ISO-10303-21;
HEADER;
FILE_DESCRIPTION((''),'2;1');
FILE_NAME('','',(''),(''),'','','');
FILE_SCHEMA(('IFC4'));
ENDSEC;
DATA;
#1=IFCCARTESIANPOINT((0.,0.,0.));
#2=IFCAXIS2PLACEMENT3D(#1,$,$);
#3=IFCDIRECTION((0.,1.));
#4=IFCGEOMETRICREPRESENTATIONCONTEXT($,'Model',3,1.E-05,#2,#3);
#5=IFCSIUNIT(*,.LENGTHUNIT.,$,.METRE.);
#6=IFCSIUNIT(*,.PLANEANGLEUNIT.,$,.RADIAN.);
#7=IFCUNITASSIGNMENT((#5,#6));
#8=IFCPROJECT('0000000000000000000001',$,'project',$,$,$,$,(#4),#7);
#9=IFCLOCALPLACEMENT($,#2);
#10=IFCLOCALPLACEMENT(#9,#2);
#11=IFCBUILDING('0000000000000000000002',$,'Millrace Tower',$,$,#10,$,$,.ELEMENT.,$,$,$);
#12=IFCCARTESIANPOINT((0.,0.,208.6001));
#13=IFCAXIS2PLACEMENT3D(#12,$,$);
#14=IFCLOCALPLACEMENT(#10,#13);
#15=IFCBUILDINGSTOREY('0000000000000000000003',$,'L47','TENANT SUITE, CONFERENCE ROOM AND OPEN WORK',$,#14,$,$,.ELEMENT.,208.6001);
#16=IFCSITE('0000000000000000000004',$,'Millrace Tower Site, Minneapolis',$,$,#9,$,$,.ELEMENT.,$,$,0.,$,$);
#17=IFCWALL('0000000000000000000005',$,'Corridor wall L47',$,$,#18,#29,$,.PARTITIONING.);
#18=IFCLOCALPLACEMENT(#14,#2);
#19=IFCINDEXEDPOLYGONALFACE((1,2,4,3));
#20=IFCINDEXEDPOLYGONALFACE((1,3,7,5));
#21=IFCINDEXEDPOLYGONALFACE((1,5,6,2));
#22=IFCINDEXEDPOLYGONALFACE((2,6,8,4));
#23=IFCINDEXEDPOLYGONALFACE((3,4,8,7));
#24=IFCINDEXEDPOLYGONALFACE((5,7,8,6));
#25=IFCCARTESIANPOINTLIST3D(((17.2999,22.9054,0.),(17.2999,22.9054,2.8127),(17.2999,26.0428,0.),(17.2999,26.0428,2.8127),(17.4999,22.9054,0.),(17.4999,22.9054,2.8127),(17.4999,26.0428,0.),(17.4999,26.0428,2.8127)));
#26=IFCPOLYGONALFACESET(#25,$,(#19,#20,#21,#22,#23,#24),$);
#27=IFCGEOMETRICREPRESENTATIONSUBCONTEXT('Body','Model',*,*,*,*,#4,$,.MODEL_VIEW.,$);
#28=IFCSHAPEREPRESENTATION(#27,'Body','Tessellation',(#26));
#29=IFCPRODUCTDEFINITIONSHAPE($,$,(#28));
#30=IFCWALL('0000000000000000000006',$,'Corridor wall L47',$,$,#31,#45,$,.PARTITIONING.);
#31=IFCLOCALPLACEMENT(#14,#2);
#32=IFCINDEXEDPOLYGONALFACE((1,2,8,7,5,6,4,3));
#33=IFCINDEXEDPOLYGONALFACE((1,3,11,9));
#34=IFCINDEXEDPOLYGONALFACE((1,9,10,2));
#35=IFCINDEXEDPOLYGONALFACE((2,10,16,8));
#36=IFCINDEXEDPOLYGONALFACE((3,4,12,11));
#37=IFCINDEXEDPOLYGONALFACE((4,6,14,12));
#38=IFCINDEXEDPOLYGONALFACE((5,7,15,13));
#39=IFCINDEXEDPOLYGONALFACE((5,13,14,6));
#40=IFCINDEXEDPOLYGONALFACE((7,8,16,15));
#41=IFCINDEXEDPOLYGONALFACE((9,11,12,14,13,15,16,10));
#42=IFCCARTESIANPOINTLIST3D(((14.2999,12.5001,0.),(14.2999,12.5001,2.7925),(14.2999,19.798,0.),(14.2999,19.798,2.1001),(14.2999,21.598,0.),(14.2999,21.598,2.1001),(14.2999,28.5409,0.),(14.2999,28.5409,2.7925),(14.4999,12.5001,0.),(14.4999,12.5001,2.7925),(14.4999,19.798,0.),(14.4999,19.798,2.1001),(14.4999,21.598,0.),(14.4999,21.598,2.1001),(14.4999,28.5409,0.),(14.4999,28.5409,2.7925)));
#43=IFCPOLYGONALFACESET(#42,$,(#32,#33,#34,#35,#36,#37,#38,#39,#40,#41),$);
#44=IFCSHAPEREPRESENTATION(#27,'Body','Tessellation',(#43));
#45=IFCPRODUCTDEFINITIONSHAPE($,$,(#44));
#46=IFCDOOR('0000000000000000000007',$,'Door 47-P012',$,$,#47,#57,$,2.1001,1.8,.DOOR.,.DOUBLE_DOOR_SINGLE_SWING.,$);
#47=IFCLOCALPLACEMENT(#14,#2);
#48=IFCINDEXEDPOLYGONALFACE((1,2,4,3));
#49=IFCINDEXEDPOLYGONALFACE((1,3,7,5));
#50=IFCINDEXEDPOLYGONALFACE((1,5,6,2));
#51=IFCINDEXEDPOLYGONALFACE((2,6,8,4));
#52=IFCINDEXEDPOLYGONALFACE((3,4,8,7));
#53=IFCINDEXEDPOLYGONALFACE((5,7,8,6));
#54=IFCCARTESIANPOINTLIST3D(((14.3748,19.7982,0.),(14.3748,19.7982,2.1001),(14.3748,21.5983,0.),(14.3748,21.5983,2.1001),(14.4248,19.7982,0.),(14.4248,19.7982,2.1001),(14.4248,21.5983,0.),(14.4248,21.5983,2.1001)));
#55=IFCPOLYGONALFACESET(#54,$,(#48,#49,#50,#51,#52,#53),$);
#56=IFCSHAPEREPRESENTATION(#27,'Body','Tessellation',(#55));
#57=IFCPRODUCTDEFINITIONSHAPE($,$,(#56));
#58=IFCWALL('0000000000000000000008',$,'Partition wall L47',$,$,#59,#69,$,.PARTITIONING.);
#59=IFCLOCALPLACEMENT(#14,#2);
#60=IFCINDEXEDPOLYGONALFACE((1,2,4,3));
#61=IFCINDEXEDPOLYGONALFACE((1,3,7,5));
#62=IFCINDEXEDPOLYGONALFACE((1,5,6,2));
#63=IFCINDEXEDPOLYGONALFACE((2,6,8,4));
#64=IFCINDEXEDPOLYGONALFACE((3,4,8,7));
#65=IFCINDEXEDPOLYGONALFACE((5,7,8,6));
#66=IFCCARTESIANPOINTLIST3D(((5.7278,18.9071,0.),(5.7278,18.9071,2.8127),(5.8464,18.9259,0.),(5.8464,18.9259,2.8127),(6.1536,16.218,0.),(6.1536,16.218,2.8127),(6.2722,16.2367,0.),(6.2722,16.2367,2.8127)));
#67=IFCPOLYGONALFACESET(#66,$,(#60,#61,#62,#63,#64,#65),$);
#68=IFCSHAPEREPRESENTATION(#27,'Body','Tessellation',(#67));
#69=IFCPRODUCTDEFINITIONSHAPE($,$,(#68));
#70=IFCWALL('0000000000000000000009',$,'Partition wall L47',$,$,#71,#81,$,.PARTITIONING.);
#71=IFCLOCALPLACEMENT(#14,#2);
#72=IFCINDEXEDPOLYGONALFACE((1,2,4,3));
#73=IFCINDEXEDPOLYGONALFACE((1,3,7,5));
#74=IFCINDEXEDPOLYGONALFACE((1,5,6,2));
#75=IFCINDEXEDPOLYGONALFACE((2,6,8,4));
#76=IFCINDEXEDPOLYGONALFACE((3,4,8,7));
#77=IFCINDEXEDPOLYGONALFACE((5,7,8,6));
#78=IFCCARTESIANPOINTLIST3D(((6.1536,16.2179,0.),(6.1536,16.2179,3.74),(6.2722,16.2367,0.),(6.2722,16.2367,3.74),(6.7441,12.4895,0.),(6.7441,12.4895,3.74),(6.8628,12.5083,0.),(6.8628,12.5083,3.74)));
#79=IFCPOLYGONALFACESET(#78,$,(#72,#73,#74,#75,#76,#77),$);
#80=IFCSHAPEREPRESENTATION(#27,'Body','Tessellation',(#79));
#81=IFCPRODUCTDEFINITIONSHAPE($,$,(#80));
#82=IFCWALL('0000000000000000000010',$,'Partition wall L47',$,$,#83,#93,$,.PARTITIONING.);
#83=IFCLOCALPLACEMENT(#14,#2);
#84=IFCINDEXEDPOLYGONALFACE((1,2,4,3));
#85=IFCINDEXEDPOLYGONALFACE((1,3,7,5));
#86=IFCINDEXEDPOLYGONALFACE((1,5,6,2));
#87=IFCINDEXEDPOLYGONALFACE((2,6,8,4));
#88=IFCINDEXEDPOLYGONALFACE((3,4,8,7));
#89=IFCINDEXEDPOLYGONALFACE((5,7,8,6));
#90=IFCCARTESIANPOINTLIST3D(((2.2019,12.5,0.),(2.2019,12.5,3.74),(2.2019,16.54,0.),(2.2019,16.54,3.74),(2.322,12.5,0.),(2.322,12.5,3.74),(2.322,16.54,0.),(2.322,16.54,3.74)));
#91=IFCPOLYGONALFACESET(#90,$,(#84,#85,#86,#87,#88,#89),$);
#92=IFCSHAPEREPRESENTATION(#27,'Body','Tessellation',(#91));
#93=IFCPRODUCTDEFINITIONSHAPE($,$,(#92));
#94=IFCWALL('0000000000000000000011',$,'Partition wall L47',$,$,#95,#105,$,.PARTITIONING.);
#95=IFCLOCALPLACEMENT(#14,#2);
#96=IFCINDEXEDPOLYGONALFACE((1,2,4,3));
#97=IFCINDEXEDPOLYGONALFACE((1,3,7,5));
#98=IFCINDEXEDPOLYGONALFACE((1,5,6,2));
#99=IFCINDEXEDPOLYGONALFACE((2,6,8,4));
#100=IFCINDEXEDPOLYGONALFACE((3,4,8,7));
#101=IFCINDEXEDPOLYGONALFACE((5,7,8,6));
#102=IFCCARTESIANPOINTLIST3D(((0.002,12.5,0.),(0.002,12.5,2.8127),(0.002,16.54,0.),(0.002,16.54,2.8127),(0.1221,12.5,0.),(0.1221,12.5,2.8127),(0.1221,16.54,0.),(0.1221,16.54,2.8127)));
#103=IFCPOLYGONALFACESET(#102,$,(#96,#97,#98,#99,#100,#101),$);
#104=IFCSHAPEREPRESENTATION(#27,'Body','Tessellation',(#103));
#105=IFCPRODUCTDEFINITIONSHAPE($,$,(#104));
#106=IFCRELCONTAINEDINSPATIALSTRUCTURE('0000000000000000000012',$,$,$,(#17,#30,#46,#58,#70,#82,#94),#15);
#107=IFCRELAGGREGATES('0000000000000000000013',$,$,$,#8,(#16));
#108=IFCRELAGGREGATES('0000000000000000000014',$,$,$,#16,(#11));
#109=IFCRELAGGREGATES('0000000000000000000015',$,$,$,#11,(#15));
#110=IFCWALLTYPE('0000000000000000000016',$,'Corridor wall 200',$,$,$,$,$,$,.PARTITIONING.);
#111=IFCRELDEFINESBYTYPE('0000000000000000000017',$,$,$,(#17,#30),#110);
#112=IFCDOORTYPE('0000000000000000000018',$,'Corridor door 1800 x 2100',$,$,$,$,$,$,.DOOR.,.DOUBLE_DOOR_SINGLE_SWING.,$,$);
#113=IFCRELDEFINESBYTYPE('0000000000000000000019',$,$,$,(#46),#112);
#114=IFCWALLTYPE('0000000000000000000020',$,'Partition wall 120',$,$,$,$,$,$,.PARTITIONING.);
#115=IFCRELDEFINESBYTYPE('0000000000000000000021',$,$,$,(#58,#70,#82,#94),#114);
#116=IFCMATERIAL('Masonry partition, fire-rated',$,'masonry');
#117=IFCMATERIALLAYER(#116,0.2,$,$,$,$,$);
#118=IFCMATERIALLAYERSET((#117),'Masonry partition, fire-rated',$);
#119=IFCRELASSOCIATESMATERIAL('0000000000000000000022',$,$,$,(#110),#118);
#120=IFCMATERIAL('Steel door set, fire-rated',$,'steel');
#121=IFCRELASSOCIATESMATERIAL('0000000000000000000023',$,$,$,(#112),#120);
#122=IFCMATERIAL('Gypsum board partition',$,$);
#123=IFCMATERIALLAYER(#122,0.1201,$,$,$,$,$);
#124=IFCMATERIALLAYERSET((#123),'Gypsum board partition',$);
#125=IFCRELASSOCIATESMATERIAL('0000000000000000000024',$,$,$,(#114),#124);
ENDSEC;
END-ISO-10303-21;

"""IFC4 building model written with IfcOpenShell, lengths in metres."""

from ifc_helpers import new_model, si_unit, direction, frame, frame_2d, origin, place, context, subcontext, project, spatial, rectangle, extrude, material, layer, layer_set, type_object, element, fill, save


model = new_model("IFC4")

# Units and contexts
model_context = context("Model", 3, precision=1e-05, world=origin(), true_north=direction((0.0, 1.0)))
body_context = subcontext(model_context, "Body", "Model", "MODEL_VIEW")
ifc_project = project(units=[si_unit("LENGTHUNIT", "METRE"), si_unit("PLANEANGLEUNIT", "RADIAN")], contexts=[model_context])

# Site, building, storey
site_placement = place(None, origin())
site = spatial("IfcSite", under=ifc_project, at=site_placement, Name="Millrace Tower Site, Minneapolis", CompositionType="ELEMENT", RefElevation=0.0)
building_placement = place(site_placement, origin())
building = spatial("IfcBuilding", under=site, at=building_placement, Name="Millrace Tower", CompositionType="ELEMENT")
storey_placement = place(building_placement, frame((0.0, 0.0, 208.6001)))
storey = spatial("IfcBuildingStorey", under=building, at=storey_placement, Name="L47", Description="TENANT SUITE, CONFERENCE ROOM AND OPEN WORK", CompositionType="ELEMENT", Elevation=208.6001)

# Wall
ifc_material_1 = material(Name="Masonry partition, fire-rated", Category="masonry")
ifc_layer_1 = layer(ifc_material_1, 0.2)
ifc_layer_set_1 = layer_set([ifc_layer_1], Name="Masonry partition, fire-rated")
wall_type_1 = type_object("IfcWallType", Name="Corridor wall 200", PredefinedType="PARTITIONING", material=ifc_layer_set_1)
wall_1_placement = place(storey_placement, frame((17.3999, 22.9053, 0.0), z_axis=(0.0, 0.0, 1.0), x_axis=(0.0, 1.0, 0.0)))
element("IfcWall", 1, at=wall_1_placement, inside=storey, type_object=wall_type_1, Name="Corridor wall L47", PredefinedType="PARTITIONING", context=body_context, shape_type="SweptSolid", body=[
    extrude(rectangle(XDim=3.1375, YDim=0.2, at=frame_2d((1.5688, 0.0))), origin(), (0.0, 0.0, 1.0), 2.8127),
])

# Wall, opening, door
wall_2_placement = place(storey_placement, frame((14.3999, 12.5, 0.0), z_axis=(0.0, 0.0, 1.0), x_axis=(0.0, 1.0, 0.0)))
wall_2 = element("IfcWall", 2, at=wall_2_placement, inside=storey, type_object=wall_type_1, Name="Corridor wall L47", PredefinedType="PARTITIONING", context=body_context, shape_type="SweptSolid", body=[
    extrude(rectangle(XDim=16.0408, YDim=0.2, at=frame_2d((8.0205, 0.0))), origin(), (0.0, 0.0, 1.0), 2.7925),
])
opening_placement = place(wall_2_placement, frame((7.2981, 0.0, 0.0)))
opening = element("IfcOpeningElement", 3, at=opening_placement, cuts=wall_2, PredefinedType="OPENING", context=body_context, shape_type="SweptSolid", body=[
    extrude(rectangle(XDim=1.8, YDim=2.1001, at=frame_2d((0.8999, 1.05))), frame((0.0, 0.1099, 0.0), z_axis=(0.0, -1.0, 0.0), x_axis=(1.0, 0.0, 0.0)), (0.0, 0.0, 1.0), 0.22),
])
ifc_material_2 = material(Name="Steel door set, fire-rated", Category="steel")
door_type = type_object("IfcDoorType", Name="Corridor door 1800 x 2100", OperationType="DOUBLE_DOOR_SINGLE_SWING", PredefinedType="DOOR", material=ifc_material_2)
door_placement = place(opening_placement, frame((1.8, 0.0, 0.0), z_axis=(0.0, 0.0, 1.0), x_axis=(-1.0, 0.0, 0.0)))
door = element("IfcDoor", 4, at=door_placement, inside=storey, type_object=door_type, Name="Door 47-P012", OperationType="DOUBLE_DOOR_SINGLE_SWING", OverallHeight=2.1001, OverallWidth=1.8, PredefinedType="DOOR", context=body_context, shape_type="SweptSolid", body=[
    extrude(rectangle(XDim=1.8, YDim=2.1001, at=frame_2d((0.8999, 1.05))), frame((0.0, 0.0249, 0.0), z_axis=(0.0, -1.0, 0.0), x_axis=(1.0, 0.0, 0.0)), (0.0, 0.0, 1.0), 0.05),
])
fill(opening, door)

# Walls
ifc_material_3 = material(Name="Gypsum board partition")
ifc_layer_2 = layer(ifc_material_3, 0.1201)
ifc_layer_set_2 = layer_set([ifc_layer_2], Name="Gypsum board partition")
wall_type_2 = type_object("IfcWallType", Name="Partition wall 120", PredefinedType="PARTITIONING", material=ifc_layer_set_2)
wall_3_placement = place(storey_placement, frame((5.7871, 18.9165, 0.0), z_axis=(0.0, 0.0, 1.0), x_axis=(0.156382, -0.987697, 0.0)))
element("IfcWall", 5, at=wall_3_placement, inside=storey, type_object=wall_type_2, Name="Partition wall L47", PredefinedType="PARTITIONING", context=body_context, shape_type="SweptSolid", body=[
    extrude(rectangle(XDim=2.7227, YDim=0.1201, at=frame_2d((1.3613, 0.0))), origin(), (0.0, 0.0, 1.0), 2.8127),
])
wall_4_placement = place(storey_placement, frame((6.2129, 16.2273, 0.0), z_axis=(0.0, 0.0, 1.0), x_axis=(0.156444, -0.987687, 0.0)))
element("IfcWall", 6, at=wall_4_placement, inside=storey, type_object=wall_type_2, Name="Partition wall L47", PredefinedType="PARTITIONING", context=body_context, shape_type="SweptSolid", body=[
    extrude(rectangle(XDim=3.7749, YDim=0.1201, at=frame_2d((1.8875, 0.0))), origin(), (0.0, 0.0, 1.0), 3.74),
])
wall_5_placement = place(storey_placement, frame((2.262, 12.5, 0.0), z_axis=(0.0, 0.0, 1.0), x_axis=(0.0, 1.0, 0.0)))
element("IfcWall", 7, at=wall_5_placement, inside=storey, type_object=wall_type_2, Name="Partition wall L47", PredefinedType="PARTITIONING", context=body_context, shape_type="SweptSolid", body=[
    extrude(rectangle(XDim=4.04, YDim=0.1201, at=frame_2d((2.02, 0.0))), origin(), (0.0, 0.0, 1.0), 3.74),
])
wall_6_placement = place(storey_placement, frame((0.062, 12.5, 0.0), z_axis=(0.0, 0.0, 1.0), x_axis=(0.0, 1.0, 0.0)))
element("IfcWall", 8, at=wall_6_placement, inside=storey, type_object=wall_type_2, Name="Partition wall L47", PredefinedType="PARTITIONING", context=body_context, shape_type="SweptSolid", body=[
    extrude(rectangle(XDim=4.04, YDim=0.1201, at=frame_2d((2.02, 0.0))), origin(), (0.0, 0.0, 1.0), 2.8127),
])

save(model, "model.ifc")
